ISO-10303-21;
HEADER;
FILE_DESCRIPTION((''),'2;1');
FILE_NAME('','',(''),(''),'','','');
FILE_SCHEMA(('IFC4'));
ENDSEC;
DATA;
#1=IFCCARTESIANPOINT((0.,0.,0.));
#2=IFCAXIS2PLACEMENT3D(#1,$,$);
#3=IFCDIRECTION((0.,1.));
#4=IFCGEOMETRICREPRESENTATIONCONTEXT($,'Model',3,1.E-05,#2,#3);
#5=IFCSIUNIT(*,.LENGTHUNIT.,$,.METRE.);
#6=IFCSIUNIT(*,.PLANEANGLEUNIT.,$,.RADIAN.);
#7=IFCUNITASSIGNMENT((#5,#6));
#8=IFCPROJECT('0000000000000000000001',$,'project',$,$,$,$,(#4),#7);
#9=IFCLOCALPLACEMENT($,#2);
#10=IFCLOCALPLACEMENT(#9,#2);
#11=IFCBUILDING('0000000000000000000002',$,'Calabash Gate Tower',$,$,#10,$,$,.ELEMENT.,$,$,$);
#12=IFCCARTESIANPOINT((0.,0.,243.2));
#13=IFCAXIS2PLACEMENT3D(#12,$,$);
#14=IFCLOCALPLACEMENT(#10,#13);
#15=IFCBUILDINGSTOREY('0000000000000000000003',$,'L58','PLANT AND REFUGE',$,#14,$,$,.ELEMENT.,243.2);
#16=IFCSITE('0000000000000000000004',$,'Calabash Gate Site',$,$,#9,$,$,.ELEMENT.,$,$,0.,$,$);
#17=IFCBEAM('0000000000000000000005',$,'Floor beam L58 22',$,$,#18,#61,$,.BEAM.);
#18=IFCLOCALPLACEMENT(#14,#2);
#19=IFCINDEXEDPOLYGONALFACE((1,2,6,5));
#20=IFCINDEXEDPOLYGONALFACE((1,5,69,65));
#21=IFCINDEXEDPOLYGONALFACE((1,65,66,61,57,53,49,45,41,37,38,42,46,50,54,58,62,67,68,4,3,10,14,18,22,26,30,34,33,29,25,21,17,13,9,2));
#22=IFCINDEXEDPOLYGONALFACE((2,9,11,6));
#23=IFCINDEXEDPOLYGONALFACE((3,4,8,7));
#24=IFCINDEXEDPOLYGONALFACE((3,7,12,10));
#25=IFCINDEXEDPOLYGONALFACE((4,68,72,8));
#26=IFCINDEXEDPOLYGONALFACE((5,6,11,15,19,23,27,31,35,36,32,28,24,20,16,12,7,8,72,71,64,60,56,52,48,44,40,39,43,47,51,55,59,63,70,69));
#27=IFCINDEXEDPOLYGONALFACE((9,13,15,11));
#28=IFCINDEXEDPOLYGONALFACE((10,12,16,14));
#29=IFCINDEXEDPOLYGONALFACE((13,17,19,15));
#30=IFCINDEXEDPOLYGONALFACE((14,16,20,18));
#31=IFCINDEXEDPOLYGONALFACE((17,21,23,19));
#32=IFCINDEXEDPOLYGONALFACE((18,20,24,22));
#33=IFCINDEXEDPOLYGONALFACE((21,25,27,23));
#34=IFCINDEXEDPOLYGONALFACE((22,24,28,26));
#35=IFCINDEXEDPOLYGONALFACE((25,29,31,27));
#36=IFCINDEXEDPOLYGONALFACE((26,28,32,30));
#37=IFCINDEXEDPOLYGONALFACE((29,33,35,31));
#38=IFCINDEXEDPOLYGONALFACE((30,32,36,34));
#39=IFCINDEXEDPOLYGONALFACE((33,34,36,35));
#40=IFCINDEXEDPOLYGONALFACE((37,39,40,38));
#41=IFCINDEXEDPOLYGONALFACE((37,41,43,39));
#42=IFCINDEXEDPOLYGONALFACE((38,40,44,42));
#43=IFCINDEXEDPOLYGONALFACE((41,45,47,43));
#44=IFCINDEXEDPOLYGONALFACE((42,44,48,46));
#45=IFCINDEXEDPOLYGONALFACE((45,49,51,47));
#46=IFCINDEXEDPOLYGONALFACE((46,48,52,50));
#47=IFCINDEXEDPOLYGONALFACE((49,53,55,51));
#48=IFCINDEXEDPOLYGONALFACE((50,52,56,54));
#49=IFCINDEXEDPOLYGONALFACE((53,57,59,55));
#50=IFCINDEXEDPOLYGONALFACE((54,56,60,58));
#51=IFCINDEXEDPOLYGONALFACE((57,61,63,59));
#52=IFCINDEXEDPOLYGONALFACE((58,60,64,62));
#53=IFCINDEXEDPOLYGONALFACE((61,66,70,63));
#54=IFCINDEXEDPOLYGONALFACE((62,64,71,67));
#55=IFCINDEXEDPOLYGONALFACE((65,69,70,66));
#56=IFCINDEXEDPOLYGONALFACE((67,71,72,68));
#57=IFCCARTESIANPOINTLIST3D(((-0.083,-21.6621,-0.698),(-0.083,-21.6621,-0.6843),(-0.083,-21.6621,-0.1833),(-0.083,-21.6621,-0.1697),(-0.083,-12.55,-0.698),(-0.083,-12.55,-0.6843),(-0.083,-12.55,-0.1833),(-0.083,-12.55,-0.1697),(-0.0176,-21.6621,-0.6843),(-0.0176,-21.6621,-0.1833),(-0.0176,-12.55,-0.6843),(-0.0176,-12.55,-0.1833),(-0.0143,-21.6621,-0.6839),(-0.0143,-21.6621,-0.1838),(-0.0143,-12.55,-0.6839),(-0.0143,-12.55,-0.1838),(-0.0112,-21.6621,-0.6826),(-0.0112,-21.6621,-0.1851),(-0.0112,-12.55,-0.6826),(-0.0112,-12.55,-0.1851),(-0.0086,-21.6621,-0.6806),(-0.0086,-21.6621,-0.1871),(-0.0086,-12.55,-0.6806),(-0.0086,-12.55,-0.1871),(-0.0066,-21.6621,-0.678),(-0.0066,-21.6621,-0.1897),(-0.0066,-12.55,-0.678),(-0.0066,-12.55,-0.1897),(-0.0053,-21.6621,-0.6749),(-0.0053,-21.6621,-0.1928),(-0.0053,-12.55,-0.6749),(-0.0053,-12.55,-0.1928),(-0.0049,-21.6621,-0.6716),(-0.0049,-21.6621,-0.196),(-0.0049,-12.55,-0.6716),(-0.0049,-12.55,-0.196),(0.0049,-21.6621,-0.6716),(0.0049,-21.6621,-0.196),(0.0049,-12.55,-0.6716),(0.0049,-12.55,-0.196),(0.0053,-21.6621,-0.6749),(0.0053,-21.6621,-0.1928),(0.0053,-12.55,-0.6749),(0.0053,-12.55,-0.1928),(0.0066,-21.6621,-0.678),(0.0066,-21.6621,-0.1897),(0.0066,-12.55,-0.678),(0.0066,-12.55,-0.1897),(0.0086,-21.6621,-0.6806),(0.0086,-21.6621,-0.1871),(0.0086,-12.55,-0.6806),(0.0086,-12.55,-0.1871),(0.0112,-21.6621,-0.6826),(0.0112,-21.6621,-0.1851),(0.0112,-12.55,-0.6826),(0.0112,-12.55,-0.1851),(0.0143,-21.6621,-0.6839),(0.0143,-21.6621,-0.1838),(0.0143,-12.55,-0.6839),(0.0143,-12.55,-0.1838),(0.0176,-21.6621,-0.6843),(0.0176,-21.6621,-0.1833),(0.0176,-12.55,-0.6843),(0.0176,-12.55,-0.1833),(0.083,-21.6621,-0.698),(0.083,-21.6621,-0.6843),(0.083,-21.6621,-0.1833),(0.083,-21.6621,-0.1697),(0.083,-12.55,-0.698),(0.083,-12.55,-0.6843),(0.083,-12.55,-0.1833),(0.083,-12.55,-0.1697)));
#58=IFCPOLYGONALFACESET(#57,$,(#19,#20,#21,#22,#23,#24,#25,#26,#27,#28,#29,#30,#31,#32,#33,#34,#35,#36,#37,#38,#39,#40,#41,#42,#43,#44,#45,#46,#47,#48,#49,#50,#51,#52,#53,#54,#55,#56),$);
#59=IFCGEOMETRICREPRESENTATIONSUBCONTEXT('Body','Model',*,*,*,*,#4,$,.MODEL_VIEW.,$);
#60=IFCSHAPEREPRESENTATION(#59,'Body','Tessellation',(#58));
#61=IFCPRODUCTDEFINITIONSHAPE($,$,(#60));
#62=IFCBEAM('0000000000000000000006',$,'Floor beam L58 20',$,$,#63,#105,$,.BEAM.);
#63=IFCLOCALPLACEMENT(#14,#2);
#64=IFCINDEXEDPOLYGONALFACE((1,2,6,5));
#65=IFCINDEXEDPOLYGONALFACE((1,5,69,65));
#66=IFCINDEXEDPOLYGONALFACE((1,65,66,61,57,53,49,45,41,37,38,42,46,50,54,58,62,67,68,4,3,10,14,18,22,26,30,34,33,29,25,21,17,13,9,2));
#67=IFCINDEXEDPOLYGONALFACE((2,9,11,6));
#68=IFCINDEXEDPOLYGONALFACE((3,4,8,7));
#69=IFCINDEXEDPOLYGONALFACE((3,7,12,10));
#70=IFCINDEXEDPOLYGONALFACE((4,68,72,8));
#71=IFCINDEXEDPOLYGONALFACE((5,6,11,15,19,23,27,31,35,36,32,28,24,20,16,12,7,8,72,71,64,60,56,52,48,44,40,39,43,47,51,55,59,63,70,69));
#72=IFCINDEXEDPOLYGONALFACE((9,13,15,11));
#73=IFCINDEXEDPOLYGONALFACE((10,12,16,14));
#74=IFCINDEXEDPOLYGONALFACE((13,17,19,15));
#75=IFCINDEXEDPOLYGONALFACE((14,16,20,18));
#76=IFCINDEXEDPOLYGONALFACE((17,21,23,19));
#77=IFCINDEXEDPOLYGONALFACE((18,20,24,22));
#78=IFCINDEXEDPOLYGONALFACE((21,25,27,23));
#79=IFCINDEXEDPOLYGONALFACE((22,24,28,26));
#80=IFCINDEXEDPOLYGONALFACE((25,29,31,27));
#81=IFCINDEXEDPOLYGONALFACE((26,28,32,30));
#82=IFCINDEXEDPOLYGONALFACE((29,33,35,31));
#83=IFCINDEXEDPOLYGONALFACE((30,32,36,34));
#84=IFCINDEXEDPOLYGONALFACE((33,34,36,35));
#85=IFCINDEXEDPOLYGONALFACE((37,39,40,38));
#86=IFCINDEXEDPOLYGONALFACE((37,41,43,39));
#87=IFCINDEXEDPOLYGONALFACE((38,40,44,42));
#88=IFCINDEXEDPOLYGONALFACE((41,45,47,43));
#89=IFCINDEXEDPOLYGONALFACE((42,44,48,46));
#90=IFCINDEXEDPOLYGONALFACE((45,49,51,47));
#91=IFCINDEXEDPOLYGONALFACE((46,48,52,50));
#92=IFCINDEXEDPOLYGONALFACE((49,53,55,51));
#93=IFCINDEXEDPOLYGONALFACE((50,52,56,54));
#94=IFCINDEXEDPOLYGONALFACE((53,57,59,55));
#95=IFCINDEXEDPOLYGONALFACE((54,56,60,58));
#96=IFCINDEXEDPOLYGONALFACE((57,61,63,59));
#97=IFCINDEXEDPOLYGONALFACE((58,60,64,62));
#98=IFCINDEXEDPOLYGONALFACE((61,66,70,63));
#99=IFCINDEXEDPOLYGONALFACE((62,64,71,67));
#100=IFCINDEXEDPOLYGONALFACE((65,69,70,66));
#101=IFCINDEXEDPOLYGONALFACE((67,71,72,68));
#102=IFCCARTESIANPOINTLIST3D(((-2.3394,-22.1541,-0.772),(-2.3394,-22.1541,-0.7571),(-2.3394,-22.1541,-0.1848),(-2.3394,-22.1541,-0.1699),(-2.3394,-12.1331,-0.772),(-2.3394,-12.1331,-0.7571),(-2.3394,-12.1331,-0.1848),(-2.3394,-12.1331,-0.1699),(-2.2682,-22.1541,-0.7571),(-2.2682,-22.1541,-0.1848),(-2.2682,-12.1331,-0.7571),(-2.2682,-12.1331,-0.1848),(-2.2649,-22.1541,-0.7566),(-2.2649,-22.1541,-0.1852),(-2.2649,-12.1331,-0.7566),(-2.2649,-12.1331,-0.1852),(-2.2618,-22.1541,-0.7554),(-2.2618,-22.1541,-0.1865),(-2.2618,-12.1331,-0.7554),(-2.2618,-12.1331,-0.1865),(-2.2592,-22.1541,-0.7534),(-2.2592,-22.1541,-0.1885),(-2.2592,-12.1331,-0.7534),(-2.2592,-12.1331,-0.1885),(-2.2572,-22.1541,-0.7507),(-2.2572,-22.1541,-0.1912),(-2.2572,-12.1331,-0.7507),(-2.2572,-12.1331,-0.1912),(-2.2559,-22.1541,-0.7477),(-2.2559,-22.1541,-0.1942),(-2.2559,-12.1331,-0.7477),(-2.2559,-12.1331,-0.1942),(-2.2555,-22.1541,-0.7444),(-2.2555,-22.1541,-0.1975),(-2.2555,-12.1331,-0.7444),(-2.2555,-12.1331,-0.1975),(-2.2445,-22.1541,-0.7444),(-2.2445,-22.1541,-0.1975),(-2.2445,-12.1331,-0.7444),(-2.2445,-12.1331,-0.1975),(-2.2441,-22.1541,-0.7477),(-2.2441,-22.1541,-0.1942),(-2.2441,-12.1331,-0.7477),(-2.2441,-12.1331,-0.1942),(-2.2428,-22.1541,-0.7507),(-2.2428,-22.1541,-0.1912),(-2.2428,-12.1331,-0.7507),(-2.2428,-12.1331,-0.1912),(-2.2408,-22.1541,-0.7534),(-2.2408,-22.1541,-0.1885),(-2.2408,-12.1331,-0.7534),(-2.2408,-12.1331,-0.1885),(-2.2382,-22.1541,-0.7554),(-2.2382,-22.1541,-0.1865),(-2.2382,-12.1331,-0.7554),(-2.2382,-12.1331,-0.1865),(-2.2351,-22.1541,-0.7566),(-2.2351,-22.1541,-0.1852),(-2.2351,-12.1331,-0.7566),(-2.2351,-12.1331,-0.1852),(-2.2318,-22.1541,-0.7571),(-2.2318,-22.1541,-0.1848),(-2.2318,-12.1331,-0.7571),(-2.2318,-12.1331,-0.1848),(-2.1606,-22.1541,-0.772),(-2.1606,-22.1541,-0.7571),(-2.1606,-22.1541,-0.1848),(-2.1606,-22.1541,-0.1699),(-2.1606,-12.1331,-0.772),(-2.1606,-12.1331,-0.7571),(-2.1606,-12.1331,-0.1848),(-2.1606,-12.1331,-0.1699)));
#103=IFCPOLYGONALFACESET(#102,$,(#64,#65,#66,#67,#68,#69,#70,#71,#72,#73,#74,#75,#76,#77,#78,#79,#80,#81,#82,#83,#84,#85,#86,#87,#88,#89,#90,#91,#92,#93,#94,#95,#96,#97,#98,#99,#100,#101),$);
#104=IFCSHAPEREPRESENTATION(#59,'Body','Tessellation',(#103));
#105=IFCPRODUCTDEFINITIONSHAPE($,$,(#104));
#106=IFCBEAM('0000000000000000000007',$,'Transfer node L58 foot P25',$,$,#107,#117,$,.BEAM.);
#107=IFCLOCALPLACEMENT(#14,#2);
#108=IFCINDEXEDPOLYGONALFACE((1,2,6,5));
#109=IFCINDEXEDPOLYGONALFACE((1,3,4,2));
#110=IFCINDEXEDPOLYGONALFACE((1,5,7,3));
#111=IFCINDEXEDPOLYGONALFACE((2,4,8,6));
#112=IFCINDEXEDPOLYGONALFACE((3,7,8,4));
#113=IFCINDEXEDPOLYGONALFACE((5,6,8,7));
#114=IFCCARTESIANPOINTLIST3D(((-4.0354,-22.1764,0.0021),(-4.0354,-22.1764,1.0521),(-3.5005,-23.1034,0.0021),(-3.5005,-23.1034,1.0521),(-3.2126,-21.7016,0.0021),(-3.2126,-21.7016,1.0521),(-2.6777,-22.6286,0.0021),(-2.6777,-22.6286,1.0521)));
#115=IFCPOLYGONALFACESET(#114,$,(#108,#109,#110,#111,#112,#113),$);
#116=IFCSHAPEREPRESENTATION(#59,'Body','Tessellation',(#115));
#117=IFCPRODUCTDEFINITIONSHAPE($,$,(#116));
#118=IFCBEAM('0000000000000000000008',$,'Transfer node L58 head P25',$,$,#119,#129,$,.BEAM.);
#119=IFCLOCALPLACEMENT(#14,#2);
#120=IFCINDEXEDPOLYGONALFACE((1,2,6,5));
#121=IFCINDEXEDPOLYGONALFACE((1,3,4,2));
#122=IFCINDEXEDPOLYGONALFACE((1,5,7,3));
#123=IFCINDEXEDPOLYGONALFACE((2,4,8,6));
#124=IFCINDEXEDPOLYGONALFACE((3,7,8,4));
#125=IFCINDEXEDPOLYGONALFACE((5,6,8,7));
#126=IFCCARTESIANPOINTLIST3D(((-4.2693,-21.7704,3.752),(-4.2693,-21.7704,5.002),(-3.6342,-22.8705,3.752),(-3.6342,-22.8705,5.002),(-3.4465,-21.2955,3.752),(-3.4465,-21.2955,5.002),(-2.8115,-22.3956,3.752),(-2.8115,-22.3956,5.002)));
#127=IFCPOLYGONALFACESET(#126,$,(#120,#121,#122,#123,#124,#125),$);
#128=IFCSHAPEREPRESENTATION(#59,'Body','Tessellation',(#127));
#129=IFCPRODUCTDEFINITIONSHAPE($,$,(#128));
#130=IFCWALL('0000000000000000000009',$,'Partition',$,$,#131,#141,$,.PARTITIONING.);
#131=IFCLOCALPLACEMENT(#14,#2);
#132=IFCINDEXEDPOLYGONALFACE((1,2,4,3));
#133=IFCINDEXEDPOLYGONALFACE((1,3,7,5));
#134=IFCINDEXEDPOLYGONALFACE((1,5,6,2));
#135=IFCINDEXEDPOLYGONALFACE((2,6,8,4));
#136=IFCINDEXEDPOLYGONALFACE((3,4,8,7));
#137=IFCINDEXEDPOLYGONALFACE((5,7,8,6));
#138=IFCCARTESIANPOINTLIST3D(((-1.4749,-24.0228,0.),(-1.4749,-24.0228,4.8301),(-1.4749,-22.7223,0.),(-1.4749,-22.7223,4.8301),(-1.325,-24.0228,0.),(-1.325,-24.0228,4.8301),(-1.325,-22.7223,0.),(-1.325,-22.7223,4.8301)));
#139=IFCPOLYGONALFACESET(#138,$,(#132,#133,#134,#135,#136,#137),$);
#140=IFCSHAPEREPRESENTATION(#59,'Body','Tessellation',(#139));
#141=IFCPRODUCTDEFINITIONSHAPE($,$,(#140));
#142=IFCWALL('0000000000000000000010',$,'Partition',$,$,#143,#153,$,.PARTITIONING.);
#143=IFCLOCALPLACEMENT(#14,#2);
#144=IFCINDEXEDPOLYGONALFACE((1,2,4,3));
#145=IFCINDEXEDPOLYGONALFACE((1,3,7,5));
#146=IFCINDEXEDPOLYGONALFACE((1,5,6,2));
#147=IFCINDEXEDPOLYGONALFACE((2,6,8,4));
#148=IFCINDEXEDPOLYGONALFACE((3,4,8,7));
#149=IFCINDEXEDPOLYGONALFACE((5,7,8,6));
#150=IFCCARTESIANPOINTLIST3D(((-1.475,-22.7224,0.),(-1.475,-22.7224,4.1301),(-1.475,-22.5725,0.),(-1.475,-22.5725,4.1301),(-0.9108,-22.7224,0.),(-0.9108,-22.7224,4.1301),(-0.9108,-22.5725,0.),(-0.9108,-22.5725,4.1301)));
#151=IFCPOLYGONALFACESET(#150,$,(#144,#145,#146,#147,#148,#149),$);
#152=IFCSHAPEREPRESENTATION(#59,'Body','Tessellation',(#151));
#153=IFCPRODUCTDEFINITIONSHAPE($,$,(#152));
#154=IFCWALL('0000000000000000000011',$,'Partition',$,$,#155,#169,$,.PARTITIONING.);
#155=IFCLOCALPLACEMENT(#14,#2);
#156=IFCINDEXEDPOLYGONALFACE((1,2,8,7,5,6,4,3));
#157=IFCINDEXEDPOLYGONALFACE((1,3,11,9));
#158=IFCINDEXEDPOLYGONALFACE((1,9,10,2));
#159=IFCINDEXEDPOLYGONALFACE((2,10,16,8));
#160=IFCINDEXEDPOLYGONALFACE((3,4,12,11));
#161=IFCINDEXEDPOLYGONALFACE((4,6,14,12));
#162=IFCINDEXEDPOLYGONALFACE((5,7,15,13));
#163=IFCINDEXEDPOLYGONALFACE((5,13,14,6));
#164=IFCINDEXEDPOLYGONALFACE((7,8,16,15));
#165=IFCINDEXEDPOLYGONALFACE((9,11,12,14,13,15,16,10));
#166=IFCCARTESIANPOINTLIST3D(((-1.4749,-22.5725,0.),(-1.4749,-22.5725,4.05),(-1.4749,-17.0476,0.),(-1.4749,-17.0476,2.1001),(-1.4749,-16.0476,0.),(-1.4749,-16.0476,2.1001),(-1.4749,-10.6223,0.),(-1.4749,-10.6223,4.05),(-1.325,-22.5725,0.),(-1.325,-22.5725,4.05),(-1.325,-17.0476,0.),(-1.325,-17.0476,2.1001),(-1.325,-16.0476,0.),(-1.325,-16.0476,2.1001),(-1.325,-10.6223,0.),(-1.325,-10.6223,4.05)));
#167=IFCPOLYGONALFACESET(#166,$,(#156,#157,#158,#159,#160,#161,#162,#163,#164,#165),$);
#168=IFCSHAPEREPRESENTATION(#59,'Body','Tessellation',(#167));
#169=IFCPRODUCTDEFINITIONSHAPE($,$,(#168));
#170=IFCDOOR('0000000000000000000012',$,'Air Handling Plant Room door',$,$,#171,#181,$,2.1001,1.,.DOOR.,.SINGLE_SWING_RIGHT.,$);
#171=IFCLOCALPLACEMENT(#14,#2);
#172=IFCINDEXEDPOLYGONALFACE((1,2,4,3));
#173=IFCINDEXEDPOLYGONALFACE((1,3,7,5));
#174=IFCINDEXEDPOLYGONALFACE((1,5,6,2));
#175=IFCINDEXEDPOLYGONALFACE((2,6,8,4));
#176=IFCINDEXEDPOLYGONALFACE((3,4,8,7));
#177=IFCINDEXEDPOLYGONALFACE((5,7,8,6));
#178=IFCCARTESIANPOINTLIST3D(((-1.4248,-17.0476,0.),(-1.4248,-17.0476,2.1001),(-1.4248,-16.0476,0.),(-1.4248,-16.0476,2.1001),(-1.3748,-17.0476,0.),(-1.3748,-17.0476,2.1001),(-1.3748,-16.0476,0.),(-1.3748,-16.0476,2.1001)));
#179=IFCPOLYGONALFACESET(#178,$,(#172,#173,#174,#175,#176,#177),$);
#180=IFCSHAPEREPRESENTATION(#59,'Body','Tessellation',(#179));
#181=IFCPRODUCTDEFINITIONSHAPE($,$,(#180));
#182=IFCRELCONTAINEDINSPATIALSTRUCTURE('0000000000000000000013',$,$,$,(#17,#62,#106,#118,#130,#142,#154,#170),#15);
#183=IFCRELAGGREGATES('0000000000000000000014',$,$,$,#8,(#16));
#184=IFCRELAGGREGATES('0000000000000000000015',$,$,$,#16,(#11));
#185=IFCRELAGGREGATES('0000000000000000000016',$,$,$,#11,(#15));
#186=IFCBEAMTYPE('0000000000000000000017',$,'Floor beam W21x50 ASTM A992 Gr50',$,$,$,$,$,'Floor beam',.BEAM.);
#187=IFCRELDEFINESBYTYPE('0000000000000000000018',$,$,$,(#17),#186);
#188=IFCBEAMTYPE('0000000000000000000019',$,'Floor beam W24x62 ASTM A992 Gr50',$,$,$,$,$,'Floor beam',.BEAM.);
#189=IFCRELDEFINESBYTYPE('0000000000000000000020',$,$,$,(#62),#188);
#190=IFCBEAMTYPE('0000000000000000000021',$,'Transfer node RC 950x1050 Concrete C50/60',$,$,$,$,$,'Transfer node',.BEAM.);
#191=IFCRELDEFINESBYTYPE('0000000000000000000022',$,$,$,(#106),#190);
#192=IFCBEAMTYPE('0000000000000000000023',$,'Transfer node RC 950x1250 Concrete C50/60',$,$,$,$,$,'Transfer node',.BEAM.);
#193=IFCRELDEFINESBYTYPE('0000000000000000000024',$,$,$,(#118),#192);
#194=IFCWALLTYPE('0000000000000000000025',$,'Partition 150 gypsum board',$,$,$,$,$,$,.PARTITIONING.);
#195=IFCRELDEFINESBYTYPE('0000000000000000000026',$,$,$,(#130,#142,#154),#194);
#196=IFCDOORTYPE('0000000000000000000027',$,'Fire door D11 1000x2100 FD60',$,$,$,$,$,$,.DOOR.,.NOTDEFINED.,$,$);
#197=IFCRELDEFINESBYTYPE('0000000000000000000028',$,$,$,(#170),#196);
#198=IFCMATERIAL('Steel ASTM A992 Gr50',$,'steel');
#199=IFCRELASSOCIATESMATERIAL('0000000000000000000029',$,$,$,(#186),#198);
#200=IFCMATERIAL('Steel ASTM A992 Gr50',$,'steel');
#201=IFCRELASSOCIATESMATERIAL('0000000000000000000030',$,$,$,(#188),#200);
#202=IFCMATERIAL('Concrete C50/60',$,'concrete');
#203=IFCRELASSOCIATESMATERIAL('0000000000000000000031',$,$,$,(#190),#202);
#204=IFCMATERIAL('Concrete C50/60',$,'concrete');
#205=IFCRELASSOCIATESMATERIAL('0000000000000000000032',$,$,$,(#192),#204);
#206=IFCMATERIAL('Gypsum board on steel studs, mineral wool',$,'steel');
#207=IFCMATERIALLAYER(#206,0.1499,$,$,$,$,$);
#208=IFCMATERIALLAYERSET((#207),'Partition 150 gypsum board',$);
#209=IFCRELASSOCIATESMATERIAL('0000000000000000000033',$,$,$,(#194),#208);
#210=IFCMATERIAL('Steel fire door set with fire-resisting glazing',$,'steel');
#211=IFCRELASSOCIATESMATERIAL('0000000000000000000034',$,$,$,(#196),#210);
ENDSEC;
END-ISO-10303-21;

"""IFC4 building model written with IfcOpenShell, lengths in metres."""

from ifc_helpers import new_model, si_unit, direction, frame, frame_2d, origin, origin_2d, place, context, subcontext, project, spatial, rectangle, i_section, extrude, material, layer, layer_set, material_profile, profile_set, type_object, element, fill, save


model = new_model("IFC4")

# Units and contexts
model_context = context("Model", 3, precision=1e-05, world=origin(), true_north=direction((0.0, 1.0)))
body_context = subcontext(model_context, "Body", "Model", "MODEL_VIEW")
ifc_project = project(units=[si_unit("LENGTHUNIT", "METRE"), si_unit("PLANEANGLEUNIT", "RADIAN")], contexts=[model_context])

# Site, building, storey
site_placement = place(None, origin())
site = spatial("IfcSite", under=ifc_project, at=site_placement, Name="Calabash Gate Site", CompositionType="ELEMENT", RefElevation=0.0)
building_placement = place(site_placement, origin())
building = spatial("IfcBuilding", under=site, at=building_placement, Name="Calabash Gate Tower", CompositionType="ELEMENT")
storey_placement = place(building_placement, frame((0.0, 0.0, 243.2)))
storey = spatial("IfcBuildingStorey", under=building, at=storey_placement, Name="L58", Description="PLANT AND REFUGE", CompositionType="ELEMENT", Elevation=243.2)

# Beams
ifc_material_1 = material(Name="Steel ASTM A992 Gr50", Category="steel")
ifc_material_profile_1 = material_profile(ifc_material_1, i_section(OverallWidth=0.166, OverallDepth=0.5283, WebThickness=0.0098, FlangeThickness=0.0137, FilletRadius=0.0127, at=origin_2d()))
ifc_profile_set_1 = profile_set([ifc_material_profile_1], Name="Steel ASTM A992 Gr50")
beam_type_1 = type_object("IfcBeamType", Name="Floor beam W21x50 ASTM A992 Gr50", ElementType="Floor beam", PredefinedType="BEAM", material=ifc_profile_set_1)
beam_1_placement = place(storey_placement, frame((0.0, -21.6621, -0.4338), z_axis=(0.0, 1.0, 0.0), x_axis=(-1.0, 0.0, 0.0)))
element("IfcBeam", 1, at=beam_1_placement, inside=storey, type_object=beam_type_1, Name="Floor beam L58 22", PredefinedType="BEAM", context=body_context, shape_type="SweptSolid", body=[
    extrude(i_section(OverallWidth=0.166, OverallDepth=0.5283, WebThickness=0.0098, FlangeThickness=0.0137, FilletRadius=0.0127, at=origin_2d()), origin(), (0.0, 0.0, 1.0), 9.1121),
])
ifc_material_2 = material(Name="Steel ASTM A992 Gr50", Category="steel")
ifc_material_profile_2 = material_profile(ifc_material_2, i_section(OverallWidth=0.1787, OverallDepth=0.6021, WebThickness=0.011, FlangeThickness=0.0149, FilletRadius=0.0127, at=origin_2d()))
ifc_profile_set_2 = profile_set([ifc_material_profile_2], Name="Steel ASTM A992 Gr50")
beam_type_2 = type_object("IfcBeamType", Name="Floor beam W24x62 ASTM A992 Gr50", ElementType="Floor beam", PredefinedType="BEAM", material=ifc_profile_set_2)
beam_2_placement = place(storey_placement, frame((-2.25, -22.1541, -0.4709), z_axis=(0.0, 1.0, 0.0), x_axis=(-1.0, 0.0, 0.0)))
element("IfcBeam", 2, at=beam_2_placement, inside=storey, type_object=beam_type_2, Name="Floor beam L58 20", PredefinedType="BEAM", context=body_context, shape_type="SweptSolid", body=[
    extrude(i_section(OverallWidth=0.1787, OverallDepth=0.6021, WebThickness=0.011, FlangeThickness=0.0149, FilletRadius=0.0127, at=origin_2d()), origin(), (0.0, 0.0, 1.0), 10.021),
])
ifc_material_3 = material(Name="Concrete C50/60", Category="concrete")
ifc_material_profile_3 = material_profile(ifc_material_3, rectangle(XDim=0.95, YDim=1.05, at=origin_2d()))
ifc_profile_set_3 = profile_set([ifc_material_profile_3], Name="Concrete C50/60")
beam_type_3 = type_object("IfcBeamType", Name="Transfer node RC 950x1050 Concrete C50/60", ElementType="Transfer node", PredefinedType="BEAM", material=ifc_profile_set_3)
beam_3_placement = place(storey_placement, frame((-3.624, -21.939, 0.5271), z_axis=(0.499795, -0.866144, 0.0), x_axis=(0.866144, 0.499795, 0.0)))
element("IfcBeam", 3, at=beam_3_placement, inside=storey, type_object=beam_type_3, Name="Transfer node L58 foot P25", PredefinedType="BEAM", context=body_context, shape_type="SweptSolid", body=[
    extrude(rectangle(XDim=0.95, YDim=1.05, at=origin_2d()), origin(), (0.0, 0.0, 1.0), 1.0703),
])
ifc_material_4 = material(Name="Concrete C50/60", Category="concrete")
ifc_material_profile_4 = material_profile(ifc_material_4, rectangle(XDim=0.95, YDim=1.25, at=origin_2d()))
ifc_profile_set_4 = profile_set([ifc_material_profile_4], Name="Concrete C50/60")
beam_type_4 = type_object("IfcBeamType", Name="Transfer node RC 950x1250 Concrete C50/60", ElementType="Transfer node", PredefinedType="BEAM", material=ifc_profile_set_4)
beam_4_placement = place(storey_placement, frame((-3.8579, -21.533, 4.377), z_axis=(0.499922, -0.86607, 0.0), x_axis=(0.86607, 0.499922, 0.0)))
element("IfcBeam", 4, at=beam_4_placement, inside=storey, type_object=beam_type_4, Name="Transfer node L58 head P25", PredefinedType="BEAM", context=body_context, shape_type="SweptSolid", body=[
    extrude(rectangle(XDim=0.95, YDim=1.25, at=origin_2d()), origin(), (0.0, 0.0, 1.0), 1.2703),
])

# Walls
ifc_material_5 = material(Name="Gypsum board on steel studs, mineral wool", Category="steel")
ifc_layer = layer(ifc_material_5, 0.1499)
ifc_layer_set = layer_set([ifc_layer], Name="Partition 150 gypsum board")
wall_type = type_object("IfcWallType", Name="Partition 150 gypsum board", PredefinedType="PARTITIONING", material=ifc_layer_set)
wall_1_placement = place(storey_placement, frame((-1.3999, -24.0229, 0.0), z_axis=(0.0, 0.0, 1.0), x_axis=(0.0, 1.0, 0.0)))
element("IfcWall", 5, at=wall_1_placement, inside=storey, type_object=wall_type, Name="Partition", PredefinedType="PARTITIONING", context=body_context, shape_type="SweptSolid", body=[
    extrude(rectangle(XDim=1.3005, YDim=0.1499, at=frame_2d((0.6504, 0.0))), origin(), (0.0, 0.0, 1.0), 4.8301),
])
wall_2_placement = place(storey_placement, frame((-1.4751, -22.6475, 0.0), z_axis=(0.0, 0.0, 1.0), x_axis=(1.0, 0.0, 0.0)))
element("IfcWall", 6, at=wall_2_placement, inside=storey, type_object=wall_type, Name="Partition", PredefinedType="PARTITIONING", context=body_context, shape_type="SweptSolid", body=[
    extrude(rectangle(XDim=0.5642, YDim=0.1499, at=frame_2d((0.2822, 0.0))), origin(), (0.0, 0.0, 1.0), 4.1301),
])

# Wall, opening, door
wall_3_placement = place(storey_placement, frame((-1.3999, -22.5725, 0.0), z_axis=(0.0, 0.0, 1.0), x_axis=(0.0, 1.0, 0.0)))
wall_3 = element("IfcWall", 7, at=wall_3_placement, inside=storey, type_object=wall_type, Name="Partition", PredefinedType="PARTITIONING", context=body_context, shape_type="SweptSolid", body=[
    extrude(rectangle(XDim=11.9502, YDim=0.1499, at=frame_2d((5.9751, 0.0))), origin(), (0.0, 0.0, 1.0), 4.05),
])
opening_placement = place(wall_3_placement, frame((5.5249, 0.0, 0.0)))
opening = element("IfcOpeningElement", 8, at=opening_placement, cuts=wall_3, PredefinedType="OPENING", context=body_context, shape_type="SweptSolid", body=[
    extrude(rectangle(XDim=1.0, YDim=2.1001, at=frame_2d((0.5, 1.05))), frame((0.0, 0.085, 0.0), z_axis=(0.0, -1.0, 0.0), x_axis=(1.0, 0.0, 0.0)), (0.0, 0.0, 1.0), 0.1699),
])
ifc_material_6 = material(Name="Steel fire door set with fire-resisting glazing", Category="steel")
door_type = type_object("IfcDoorType", Name="Fire door D11 1000x2100 FD60", OperationType="NOTDEFINED", PredefinedType="DOOR", material=ifc_material_6)
door_placement = place(opening_placement, origin())
door = element("IfcDoor", 9, at=door_placement, inside=storey, type_object=door_type, Name="Air Handling Plant Room door", OperationType="SINGLE_SWING_RIGHT", OverallHeight=2.1001, OverallWidth=1.0, PredefinedType="DOOR", context=body_context, shape_type="SweptSolid", body=[
    extrude(rectangle(XDim=1.0, YDim=2.1001, at=frame_2d((0.5, 1.05))), frame((0.0, 0.0249, 0.0), z_axis=(0.0, -1.0, 0.0), x_axis=(1.0, 0.0, 0.0)), (0.0, 0.0, 1.0), 0.05),
])
fill(opening, door)

save(model, "model.ifc")
